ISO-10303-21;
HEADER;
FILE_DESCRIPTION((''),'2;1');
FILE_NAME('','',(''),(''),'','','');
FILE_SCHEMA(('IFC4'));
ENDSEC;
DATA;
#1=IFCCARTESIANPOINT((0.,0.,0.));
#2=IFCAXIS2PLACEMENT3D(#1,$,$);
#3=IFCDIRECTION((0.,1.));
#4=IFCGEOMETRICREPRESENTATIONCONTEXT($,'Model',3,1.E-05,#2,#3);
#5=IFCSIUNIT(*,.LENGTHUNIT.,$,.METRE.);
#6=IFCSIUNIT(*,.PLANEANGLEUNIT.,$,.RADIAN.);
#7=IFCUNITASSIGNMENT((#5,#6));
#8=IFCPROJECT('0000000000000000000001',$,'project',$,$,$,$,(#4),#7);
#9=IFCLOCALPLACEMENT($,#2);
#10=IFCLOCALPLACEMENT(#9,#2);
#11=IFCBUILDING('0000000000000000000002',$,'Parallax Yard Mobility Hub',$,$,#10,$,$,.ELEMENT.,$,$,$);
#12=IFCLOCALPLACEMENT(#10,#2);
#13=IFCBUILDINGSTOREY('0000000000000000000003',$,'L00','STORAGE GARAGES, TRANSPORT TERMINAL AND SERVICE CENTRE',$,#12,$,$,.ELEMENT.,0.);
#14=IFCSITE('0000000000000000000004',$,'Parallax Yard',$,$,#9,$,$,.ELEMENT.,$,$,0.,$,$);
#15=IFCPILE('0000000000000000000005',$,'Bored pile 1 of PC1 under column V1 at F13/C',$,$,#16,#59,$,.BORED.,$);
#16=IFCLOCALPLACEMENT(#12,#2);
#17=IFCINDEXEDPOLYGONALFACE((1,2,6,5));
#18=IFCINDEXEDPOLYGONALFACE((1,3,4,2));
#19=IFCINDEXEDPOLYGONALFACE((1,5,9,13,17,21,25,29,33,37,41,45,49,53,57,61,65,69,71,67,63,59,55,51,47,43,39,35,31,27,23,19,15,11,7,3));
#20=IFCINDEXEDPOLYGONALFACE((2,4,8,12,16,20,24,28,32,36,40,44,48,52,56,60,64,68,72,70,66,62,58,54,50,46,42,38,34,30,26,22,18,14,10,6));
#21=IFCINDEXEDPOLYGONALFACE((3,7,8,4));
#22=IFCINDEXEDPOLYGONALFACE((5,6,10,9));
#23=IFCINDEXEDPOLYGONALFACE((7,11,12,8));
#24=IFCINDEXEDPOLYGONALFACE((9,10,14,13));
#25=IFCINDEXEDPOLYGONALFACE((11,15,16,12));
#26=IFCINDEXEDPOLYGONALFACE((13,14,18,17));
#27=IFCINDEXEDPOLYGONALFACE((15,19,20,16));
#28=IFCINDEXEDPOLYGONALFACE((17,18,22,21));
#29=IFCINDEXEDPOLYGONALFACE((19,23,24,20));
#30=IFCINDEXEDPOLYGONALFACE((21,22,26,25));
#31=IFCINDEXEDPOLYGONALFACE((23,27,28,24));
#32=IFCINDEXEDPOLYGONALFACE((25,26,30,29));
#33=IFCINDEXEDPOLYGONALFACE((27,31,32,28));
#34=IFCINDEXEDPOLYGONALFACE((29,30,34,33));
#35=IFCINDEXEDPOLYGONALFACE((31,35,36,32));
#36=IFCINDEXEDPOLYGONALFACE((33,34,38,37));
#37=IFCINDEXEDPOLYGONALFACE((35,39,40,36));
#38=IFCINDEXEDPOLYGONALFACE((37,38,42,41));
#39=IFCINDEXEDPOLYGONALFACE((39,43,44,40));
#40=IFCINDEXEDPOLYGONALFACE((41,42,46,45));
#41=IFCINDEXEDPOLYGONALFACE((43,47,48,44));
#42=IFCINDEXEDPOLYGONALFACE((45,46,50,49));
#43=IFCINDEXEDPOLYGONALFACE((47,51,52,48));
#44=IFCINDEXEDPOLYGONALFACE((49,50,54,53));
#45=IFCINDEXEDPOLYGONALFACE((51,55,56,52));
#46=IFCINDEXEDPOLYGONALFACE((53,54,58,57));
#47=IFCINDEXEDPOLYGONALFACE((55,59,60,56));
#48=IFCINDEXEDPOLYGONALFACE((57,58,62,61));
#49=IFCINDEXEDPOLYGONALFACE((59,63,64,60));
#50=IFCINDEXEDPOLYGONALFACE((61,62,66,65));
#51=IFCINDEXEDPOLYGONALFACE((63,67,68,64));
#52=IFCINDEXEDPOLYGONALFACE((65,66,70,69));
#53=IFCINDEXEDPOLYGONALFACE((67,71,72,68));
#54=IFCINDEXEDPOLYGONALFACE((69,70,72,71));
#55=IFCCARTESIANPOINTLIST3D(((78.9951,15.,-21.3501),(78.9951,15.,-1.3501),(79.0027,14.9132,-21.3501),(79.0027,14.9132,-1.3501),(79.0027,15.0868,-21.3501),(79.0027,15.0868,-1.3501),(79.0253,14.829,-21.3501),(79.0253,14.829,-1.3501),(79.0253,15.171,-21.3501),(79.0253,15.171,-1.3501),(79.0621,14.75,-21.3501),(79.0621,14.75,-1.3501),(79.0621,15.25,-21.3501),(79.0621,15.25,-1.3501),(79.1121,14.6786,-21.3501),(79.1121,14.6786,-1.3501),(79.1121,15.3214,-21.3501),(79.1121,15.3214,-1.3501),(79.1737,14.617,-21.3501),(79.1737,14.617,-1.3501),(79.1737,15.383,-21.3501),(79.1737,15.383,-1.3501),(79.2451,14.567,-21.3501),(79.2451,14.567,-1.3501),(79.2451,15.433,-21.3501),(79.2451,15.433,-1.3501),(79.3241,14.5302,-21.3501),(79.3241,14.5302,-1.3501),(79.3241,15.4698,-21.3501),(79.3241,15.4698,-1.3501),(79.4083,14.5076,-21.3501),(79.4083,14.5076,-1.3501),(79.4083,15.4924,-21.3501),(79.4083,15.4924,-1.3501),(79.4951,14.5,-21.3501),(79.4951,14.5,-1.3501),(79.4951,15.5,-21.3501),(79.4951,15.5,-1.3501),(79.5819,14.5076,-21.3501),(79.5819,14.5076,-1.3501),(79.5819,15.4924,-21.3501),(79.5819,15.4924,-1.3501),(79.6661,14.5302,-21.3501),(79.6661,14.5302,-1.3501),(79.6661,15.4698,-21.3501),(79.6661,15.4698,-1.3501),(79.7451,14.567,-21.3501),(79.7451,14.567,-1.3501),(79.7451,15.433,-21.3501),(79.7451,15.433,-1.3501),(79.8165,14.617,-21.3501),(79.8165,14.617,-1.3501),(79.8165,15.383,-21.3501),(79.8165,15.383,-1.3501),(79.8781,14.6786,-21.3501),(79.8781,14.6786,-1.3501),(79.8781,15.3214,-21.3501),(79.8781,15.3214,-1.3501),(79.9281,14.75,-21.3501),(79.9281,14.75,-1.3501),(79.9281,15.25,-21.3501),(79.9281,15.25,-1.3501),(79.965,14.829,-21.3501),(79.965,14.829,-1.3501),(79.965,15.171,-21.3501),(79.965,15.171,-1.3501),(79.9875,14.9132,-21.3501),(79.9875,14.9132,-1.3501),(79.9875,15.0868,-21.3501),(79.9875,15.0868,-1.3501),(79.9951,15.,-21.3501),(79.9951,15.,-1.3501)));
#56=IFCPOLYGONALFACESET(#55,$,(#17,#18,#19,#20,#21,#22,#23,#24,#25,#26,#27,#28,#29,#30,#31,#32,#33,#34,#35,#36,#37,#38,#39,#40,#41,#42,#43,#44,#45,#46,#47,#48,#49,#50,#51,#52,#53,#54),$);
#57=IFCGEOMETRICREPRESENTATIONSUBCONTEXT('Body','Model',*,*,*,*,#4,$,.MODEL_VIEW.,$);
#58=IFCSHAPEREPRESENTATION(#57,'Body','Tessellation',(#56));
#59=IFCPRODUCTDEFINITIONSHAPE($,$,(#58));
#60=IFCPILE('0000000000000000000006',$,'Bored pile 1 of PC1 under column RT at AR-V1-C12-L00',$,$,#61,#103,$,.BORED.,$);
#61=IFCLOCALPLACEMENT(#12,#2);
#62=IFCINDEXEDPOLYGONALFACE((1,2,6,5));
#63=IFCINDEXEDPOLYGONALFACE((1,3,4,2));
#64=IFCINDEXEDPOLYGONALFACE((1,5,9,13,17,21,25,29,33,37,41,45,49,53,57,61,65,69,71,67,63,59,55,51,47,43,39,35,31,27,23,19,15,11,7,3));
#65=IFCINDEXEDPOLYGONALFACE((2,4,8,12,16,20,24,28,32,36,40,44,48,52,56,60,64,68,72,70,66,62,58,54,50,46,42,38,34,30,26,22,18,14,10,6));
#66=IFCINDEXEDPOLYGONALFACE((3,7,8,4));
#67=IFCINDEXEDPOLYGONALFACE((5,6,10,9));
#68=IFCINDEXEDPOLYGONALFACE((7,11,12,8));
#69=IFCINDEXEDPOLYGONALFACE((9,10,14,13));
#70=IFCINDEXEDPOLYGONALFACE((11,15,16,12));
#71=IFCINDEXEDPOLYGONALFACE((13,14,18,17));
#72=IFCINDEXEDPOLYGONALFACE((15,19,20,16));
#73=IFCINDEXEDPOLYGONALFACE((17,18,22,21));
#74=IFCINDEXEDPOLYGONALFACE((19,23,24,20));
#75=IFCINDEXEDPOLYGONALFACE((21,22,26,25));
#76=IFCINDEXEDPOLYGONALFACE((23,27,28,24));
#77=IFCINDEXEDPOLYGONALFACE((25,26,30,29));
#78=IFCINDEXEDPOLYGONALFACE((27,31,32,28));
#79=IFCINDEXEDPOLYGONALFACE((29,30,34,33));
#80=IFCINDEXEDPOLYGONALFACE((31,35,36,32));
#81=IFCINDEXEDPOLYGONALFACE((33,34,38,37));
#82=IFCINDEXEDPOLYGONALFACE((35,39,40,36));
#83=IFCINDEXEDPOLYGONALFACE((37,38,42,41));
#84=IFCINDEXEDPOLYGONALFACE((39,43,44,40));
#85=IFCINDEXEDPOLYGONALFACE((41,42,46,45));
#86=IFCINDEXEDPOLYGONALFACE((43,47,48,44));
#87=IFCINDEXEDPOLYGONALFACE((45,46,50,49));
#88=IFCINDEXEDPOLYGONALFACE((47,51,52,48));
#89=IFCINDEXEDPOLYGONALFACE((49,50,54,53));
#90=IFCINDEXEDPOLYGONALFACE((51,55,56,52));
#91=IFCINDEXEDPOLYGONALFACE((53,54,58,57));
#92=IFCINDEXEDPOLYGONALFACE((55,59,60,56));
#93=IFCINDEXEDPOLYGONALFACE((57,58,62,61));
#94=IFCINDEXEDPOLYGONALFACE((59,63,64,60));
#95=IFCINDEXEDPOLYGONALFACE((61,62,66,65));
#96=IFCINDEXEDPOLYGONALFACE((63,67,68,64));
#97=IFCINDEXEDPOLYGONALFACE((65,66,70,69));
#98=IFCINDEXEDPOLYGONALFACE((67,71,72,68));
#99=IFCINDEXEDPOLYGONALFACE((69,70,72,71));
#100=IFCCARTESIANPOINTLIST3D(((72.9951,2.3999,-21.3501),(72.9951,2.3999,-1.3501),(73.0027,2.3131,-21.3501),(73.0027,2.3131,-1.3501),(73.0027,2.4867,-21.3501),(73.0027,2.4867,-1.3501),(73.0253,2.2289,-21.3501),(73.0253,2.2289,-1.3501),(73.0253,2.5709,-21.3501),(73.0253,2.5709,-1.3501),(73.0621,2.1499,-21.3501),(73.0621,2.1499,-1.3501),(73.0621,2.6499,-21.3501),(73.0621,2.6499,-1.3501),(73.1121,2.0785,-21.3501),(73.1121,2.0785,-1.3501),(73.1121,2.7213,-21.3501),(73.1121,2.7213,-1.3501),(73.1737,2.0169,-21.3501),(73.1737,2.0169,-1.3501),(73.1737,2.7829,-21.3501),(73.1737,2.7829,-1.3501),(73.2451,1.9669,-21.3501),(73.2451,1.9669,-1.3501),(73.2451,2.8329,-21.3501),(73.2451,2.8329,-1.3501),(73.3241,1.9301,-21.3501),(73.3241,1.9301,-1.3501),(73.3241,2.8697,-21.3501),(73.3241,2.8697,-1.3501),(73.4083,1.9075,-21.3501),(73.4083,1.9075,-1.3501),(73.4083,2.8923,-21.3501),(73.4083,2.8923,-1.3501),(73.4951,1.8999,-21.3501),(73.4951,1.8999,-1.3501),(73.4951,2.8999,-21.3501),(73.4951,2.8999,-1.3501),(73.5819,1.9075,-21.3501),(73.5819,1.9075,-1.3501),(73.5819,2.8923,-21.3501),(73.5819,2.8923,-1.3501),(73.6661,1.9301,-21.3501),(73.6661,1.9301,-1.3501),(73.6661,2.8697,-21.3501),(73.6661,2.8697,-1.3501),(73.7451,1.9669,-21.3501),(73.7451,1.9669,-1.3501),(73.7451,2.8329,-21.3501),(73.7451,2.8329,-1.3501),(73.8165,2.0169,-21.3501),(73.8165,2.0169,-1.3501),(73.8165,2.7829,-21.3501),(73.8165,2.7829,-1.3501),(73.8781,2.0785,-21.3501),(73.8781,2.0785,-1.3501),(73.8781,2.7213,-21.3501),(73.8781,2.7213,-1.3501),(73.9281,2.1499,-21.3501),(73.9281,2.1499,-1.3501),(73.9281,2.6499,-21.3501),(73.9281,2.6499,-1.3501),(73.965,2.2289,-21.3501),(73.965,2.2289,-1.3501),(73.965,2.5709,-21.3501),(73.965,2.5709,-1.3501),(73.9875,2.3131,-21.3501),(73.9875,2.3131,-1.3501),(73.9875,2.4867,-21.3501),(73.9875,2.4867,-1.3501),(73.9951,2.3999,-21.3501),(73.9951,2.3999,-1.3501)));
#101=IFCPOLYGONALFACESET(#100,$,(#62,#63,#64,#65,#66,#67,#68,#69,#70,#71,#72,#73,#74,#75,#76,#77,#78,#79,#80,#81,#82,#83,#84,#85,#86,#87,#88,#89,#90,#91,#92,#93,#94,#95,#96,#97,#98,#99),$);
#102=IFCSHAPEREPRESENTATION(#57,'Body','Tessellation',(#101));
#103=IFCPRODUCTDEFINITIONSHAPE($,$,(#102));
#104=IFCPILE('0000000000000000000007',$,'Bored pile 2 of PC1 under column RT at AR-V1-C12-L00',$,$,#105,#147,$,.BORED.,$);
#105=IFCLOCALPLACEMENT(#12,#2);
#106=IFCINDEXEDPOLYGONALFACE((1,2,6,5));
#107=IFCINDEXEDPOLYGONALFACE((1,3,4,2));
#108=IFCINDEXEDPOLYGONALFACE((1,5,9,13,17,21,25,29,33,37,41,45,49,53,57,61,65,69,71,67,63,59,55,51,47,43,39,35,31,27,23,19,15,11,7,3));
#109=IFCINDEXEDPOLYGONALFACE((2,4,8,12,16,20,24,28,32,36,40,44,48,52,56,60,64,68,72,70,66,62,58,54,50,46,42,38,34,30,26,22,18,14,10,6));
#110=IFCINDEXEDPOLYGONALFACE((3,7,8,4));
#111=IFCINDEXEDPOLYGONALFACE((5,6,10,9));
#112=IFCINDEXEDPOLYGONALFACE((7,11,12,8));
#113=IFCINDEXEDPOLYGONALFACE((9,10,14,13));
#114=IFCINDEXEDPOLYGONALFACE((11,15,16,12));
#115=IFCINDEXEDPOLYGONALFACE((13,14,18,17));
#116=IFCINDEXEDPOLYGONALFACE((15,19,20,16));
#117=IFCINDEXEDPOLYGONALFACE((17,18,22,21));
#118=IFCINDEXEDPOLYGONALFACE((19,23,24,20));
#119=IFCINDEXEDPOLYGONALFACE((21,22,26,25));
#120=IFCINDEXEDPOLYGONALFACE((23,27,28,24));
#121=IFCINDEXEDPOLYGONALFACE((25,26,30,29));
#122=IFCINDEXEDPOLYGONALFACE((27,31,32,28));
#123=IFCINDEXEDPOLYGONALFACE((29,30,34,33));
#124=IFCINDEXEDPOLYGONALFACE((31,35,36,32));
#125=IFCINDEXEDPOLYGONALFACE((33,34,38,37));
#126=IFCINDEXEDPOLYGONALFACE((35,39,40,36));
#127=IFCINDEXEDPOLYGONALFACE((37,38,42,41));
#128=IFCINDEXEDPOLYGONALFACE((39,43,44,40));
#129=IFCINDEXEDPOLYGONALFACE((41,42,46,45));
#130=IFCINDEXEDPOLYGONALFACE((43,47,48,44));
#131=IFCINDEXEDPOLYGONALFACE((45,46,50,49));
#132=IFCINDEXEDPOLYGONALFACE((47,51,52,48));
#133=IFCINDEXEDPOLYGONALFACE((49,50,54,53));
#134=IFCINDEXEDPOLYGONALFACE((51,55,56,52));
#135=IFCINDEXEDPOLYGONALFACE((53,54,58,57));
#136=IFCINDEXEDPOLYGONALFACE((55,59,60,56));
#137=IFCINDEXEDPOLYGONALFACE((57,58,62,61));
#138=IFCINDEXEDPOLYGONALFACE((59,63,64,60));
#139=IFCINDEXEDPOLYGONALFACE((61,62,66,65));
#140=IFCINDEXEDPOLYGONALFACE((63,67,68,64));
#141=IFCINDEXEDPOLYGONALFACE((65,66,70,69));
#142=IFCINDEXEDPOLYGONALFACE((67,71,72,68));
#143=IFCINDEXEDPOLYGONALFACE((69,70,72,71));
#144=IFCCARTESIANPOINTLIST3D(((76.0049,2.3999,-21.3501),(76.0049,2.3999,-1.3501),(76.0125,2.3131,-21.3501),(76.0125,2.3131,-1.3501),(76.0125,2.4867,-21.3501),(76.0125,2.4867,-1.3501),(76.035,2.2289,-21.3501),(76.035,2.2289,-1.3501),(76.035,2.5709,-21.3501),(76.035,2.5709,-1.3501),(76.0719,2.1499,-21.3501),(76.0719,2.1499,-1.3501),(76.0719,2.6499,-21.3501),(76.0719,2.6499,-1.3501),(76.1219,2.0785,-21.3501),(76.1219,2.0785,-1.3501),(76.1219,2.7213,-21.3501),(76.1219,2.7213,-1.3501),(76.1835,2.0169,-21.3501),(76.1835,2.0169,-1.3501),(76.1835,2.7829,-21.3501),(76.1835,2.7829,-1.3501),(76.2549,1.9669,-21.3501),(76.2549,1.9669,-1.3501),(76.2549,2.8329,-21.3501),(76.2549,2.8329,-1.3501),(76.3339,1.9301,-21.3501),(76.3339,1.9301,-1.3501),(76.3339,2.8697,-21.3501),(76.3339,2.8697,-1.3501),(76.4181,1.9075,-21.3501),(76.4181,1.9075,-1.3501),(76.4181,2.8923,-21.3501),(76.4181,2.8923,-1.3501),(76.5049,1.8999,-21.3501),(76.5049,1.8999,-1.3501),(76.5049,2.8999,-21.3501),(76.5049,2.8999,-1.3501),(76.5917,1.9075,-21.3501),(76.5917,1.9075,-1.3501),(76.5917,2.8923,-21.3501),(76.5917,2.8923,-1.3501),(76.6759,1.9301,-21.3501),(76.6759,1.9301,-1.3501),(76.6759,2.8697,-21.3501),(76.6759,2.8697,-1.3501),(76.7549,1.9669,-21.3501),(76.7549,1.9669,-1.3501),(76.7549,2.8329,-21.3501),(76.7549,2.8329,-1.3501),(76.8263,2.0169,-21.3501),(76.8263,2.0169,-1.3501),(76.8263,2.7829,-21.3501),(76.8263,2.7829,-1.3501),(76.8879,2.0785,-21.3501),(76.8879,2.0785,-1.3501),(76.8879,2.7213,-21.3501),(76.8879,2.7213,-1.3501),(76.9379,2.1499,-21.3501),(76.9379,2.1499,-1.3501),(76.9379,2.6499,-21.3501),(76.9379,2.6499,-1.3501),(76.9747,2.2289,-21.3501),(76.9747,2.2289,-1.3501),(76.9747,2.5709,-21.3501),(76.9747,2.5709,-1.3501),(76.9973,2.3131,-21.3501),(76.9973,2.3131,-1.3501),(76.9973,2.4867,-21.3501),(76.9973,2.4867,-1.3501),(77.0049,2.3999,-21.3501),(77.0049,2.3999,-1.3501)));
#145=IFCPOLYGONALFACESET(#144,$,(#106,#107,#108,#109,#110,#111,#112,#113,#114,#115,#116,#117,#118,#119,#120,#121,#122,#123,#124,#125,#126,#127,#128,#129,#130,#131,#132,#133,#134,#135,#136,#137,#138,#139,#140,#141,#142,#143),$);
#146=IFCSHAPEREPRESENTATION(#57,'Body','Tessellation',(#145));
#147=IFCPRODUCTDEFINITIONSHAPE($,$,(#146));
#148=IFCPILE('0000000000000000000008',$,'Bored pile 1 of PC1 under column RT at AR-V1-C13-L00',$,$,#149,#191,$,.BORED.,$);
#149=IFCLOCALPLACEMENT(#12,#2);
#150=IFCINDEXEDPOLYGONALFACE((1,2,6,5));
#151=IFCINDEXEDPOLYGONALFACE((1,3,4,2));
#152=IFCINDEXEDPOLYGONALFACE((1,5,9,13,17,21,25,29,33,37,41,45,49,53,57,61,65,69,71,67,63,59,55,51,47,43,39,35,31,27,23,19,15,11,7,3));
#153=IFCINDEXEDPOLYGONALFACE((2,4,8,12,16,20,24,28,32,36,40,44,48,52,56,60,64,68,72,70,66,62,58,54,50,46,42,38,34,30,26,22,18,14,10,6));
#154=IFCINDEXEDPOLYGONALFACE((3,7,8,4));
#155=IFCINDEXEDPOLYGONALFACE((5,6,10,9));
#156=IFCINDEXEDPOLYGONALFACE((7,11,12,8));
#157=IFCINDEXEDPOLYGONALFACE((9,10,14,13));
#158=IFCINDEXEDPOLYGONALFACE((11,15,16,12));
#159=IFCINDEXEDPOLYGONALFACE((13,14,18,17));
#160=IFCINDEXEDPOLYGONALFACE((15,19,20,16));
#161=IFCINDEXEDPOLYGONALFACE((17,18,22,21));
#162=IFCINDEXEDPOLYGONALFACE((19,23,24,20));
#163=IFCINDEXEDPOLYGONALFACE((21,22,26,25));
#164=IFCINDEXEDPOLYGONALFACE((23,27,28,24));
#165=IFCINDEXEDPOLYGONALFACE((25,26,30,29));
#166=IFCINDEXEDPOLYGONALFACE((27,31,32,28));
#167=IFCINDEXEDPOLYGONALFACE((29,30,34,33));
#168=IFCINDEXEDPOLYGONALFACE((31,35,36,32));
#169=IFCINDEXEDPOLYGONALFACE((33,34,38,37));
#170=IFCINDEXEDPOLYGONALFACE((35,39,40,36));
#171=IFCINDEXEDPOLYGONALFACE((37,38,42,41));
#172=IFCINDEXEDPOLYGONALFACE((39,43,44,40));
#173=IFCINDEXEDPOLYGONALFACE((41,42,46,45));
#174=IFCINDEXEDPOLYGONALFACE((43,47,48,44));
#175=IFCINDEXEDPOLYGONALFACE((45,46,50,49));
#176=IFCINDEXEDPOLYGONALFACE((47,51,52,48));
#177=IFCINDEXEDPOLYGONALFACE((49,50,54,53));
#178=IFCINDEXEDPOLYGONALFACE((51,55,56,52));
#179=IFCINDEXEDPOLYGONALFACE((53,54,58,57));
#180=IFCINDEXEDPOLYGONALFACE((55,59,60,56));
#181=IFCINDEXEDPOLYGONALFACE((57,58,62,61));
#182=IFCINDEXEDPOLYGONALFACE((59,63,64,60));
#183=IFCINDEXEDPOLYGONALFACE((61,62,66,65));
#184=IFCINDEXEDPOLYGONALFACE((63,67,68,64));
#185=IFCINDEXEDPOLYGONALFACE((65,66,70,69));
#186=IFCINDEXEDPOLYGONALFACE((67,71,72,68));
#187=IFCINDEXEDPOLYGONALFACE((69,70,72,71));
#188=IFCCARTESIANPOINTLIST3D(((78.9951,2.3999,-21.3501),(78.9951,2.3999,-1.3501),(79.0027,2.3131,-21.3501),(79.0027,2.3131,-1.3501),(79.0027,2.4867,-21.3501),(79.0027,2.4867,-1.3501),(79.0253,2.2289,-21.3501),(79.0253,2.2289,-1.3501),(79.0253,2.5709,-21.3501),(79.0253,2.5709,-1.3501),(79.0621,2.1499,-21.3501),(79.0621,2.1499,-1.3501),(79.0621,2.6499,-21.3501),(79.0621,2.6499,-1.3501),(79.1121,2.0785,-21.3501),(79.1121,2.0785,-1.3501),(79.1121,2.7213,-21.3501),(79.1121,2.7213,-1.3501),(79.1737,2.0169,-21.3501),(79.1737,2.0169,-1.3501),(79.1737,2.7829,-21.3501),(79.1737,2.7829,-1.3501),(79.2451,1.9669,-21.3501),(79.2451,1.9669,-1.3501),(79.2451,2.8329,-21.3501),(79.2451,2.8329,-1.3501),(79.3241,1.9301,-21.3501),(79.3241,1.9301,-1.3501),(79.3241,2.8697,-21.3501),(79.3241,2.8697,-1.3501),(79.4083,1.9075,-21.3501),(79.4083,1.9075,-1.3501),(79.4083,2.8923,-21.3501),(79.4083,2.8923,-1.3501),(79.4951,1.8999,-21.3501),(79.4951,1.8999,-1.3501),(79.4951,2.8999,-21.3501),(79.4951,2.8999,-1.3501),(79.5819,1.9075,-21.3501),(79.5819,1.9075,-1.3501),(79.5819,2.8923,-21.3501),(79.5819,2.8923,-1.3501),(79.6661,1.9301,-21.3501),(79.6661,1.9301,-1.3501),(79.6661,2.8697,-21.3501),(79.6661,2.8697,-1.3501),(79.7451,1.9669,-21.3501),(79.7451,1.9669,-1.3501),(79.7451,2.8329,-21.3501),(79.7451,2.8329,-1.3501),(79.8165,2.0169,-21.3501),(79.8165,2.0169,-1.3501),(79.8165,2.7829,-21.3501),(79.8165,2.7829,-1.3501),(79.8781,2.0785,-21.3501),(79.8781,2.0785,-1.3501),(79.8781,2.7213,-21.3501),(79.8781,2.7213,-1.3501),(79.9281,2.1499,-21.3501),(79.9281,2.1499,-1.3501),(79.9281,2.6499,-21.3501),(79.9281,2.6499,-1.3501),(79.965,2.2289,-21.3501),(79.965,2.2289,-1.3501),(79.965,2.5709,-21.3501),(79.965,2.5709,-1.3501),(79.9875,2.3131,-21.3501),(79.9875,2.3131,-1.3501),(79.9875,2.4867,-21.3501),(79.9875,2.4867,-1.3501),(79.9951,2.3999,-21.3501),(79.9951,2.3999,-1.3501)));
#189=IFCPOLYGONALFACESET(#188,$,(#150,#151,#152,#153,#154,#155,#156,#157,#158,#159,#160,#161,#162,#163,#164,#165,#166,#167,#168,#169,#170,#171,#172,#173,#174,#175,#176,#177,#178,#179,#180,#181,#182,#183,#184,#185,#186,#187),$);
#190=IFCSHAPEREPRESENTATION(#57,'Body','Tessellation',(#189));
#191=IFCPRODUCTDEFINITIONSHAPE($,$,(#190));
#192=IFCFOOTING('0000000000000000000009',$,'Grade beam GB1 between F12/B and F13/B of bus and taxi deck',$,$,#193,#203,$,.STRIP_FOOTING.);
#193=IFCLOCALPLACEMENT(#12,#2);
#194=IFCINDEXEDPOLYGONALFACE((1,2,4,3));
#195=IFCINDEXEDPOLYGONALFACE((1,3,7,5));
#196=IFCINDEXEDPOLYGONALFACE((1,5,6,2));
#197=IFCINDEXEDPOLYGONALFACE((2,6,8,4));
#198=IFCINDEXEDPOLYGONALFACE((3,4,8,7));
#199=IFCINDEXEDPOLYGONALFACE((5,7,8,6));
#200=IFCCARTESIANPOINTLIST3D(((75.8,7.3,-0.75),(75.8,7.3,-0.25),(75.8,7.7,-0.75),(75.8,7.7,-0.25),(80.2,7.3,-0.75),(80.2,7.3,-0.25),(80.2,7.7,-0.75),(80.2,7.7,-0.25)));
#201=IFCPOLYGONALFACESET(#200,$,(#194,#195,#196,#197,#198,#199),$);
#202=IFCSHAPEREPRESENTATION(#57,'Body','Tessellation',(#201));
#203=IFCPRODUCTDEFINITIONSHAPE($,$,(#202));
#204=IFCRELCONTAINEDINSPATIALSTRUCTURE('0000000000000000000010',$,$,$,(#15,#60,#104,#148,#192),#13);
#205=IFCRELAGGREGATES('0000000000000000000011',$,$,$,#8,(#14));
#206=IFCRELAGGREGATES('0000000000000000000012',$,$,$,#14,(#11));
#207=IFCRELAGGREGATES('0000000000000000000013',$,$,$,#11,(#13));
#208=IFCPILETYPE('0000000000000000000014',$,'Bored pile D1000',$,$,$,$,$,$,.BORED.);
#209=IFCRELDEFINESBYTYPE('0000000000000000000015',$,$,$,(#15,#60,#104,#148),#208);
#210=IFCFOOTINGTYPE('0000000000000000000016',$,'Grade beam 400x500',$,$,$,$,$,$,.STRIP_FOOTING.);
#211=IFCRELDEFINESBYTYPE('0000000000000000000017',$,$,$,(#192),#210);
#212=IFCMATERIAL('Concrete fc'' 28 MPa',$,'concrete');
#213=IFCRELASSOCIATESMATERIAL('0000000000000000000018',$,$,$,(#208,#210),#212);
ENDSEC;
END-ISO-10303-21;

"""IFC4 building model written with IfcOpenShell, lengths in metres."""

from ifc_helpers import new_model, si_unit, direction, frame, origin, origin_2d, place, context, subcontext, project, spatial, rectangle, circle, extrude, material, material_profile, profile_set, type_object, element, save


model = new_model("IFC4")

# Units and contexts
model_context = context("Model", 3, precision=1e-05, world=origin(), true_north=direction((0.0, 1.0)))
body_context = subcontext(model_context, "Body", "Model", "MODEL_VIEW")
ifc_project = project(units=[si_unit("LENGTHUNIT", "METRE"), si_unit("PLANEANGLEUNIT", "RADIAN")], contexts=[model_context])

# Site, building, storey
site_placement = place(None, origin())
site = spatial("IfcSite", under=ifc_project, at=site_placement, Name="Parallax Yard", CompositionType="ELEMENT", RefElevation=0.0)
building_placement = place(site_placement, origin())
building = spatial("IfcBuilding", under=site, at=building_placement, Name="Parallax Yard Mobility Hub", CompositionType="ELEMENT")
storey_placement = place(building_placement, origin())
storey = spatial("IfcBuildingStorey", under=building, at=storey_placement, Name="L00", Description="STORAGE GARAGES, TRANSPORT TERMINAL AND SERVICE CENTRE", CompositionType="ELEMENT", Elevation=0.0)

# Piles
ifc_material_1 = material(Name="Concrete fc' 28 MPa", Category="concrete")
ifc_material_profile_1 = material_profile(ifc_material_1, circle(Radius=0.5, at=origin_2d()), Name="Bored pile D1000")
ifc_profile_set_1 = profile_set([ifc_material_profile_1], Name="Concrete fc' 28 MPa")
pile_type = type_object("IfcPileType", Name="Bored pile D1000", PredefinedType="BORED", material=ifc_profile_set_1)
for number, where, z_axis, x_axis, name in (
    (1, (79.4951, 15.0, -1.3501), (0.0, 0.0, -1.0), (1.0, 0.0, 0.0), "Bored pile 1 of PC1 under column V1 at F13/C"),
    (2, (73.4951, 2.3999, -1.3501), (0.0, 0.0, -1.0), (1.0, 0.0, 0.0), "Bored pile 1 of PC1 under column RT at AR-V1-C12-L00"),
    (3, (76.5049, 2.3999, -1.3501), (0.0, 0.0, -1.0), (1.0, 0.0, 0.0), "Bored pile 2 of PC1 under column RT at AR-V1-C12-L00"),
    (4, (79.4951, 2.3999, -1.3501), (0.0, 0.0, -1.0), (1.0, 0.0, 0.0), "Bored pile 1 of PC1 under column RT at AR-V1-C13-L00"),
):
    element("IfcPile", number, at=place(storey_placement, frame(where, z_axis=z_axis, x_axis=x_axis)), inside=storey, type_object=pile_type, Name=name, PredefinedType="BORED", context=body_context, shape_type="SweptSolid", body=[
        extrude(circle(Radius=0.5, at=origin_2d()), origin(), (0.0, 0.0, 1.0), 20.0),
    ])

# Footing
ifc_material_profile_2 = material_profile(ifc_material_1, rectangle(XDim=0.3999, YDim=0.5, at=origin_2d()), Name="Grade beam 400x500")
ifc_profile_set_2 = profile_set([ifc_material_profile_2], Name="Concrete fc' 28 MPa")
footing_type_1 = type_object("IfcFootingType", Name="Grade beam 400x500", PredefinedType="STRIP_FOOTING", material=ifc_profile_set_2)
footing_1_placement = place(storey_placement, frame((75.8, 7.5, -0.5), z_axis=(1.0, 0.0, 0.0), x_axis=(0.0, 1.0, 0.0)))
element("IfcFooting", 5, at=footing_1_placement, inside=storey, type_object=footing_type_1, Name="Grade beam GB1 between F12/B and F13/B of bus and taxi deck", PredefinedType="STRIP_FOOTING", context=body_context, shape_type="SweptSolid", body=[
    extrude(rectangle(XDim=0.3999, YDim=0.5, at=origin_2d()), origin(), (0.0, 0.0, 1.0), 4.3999),
])

save(model, "model.ifc")
